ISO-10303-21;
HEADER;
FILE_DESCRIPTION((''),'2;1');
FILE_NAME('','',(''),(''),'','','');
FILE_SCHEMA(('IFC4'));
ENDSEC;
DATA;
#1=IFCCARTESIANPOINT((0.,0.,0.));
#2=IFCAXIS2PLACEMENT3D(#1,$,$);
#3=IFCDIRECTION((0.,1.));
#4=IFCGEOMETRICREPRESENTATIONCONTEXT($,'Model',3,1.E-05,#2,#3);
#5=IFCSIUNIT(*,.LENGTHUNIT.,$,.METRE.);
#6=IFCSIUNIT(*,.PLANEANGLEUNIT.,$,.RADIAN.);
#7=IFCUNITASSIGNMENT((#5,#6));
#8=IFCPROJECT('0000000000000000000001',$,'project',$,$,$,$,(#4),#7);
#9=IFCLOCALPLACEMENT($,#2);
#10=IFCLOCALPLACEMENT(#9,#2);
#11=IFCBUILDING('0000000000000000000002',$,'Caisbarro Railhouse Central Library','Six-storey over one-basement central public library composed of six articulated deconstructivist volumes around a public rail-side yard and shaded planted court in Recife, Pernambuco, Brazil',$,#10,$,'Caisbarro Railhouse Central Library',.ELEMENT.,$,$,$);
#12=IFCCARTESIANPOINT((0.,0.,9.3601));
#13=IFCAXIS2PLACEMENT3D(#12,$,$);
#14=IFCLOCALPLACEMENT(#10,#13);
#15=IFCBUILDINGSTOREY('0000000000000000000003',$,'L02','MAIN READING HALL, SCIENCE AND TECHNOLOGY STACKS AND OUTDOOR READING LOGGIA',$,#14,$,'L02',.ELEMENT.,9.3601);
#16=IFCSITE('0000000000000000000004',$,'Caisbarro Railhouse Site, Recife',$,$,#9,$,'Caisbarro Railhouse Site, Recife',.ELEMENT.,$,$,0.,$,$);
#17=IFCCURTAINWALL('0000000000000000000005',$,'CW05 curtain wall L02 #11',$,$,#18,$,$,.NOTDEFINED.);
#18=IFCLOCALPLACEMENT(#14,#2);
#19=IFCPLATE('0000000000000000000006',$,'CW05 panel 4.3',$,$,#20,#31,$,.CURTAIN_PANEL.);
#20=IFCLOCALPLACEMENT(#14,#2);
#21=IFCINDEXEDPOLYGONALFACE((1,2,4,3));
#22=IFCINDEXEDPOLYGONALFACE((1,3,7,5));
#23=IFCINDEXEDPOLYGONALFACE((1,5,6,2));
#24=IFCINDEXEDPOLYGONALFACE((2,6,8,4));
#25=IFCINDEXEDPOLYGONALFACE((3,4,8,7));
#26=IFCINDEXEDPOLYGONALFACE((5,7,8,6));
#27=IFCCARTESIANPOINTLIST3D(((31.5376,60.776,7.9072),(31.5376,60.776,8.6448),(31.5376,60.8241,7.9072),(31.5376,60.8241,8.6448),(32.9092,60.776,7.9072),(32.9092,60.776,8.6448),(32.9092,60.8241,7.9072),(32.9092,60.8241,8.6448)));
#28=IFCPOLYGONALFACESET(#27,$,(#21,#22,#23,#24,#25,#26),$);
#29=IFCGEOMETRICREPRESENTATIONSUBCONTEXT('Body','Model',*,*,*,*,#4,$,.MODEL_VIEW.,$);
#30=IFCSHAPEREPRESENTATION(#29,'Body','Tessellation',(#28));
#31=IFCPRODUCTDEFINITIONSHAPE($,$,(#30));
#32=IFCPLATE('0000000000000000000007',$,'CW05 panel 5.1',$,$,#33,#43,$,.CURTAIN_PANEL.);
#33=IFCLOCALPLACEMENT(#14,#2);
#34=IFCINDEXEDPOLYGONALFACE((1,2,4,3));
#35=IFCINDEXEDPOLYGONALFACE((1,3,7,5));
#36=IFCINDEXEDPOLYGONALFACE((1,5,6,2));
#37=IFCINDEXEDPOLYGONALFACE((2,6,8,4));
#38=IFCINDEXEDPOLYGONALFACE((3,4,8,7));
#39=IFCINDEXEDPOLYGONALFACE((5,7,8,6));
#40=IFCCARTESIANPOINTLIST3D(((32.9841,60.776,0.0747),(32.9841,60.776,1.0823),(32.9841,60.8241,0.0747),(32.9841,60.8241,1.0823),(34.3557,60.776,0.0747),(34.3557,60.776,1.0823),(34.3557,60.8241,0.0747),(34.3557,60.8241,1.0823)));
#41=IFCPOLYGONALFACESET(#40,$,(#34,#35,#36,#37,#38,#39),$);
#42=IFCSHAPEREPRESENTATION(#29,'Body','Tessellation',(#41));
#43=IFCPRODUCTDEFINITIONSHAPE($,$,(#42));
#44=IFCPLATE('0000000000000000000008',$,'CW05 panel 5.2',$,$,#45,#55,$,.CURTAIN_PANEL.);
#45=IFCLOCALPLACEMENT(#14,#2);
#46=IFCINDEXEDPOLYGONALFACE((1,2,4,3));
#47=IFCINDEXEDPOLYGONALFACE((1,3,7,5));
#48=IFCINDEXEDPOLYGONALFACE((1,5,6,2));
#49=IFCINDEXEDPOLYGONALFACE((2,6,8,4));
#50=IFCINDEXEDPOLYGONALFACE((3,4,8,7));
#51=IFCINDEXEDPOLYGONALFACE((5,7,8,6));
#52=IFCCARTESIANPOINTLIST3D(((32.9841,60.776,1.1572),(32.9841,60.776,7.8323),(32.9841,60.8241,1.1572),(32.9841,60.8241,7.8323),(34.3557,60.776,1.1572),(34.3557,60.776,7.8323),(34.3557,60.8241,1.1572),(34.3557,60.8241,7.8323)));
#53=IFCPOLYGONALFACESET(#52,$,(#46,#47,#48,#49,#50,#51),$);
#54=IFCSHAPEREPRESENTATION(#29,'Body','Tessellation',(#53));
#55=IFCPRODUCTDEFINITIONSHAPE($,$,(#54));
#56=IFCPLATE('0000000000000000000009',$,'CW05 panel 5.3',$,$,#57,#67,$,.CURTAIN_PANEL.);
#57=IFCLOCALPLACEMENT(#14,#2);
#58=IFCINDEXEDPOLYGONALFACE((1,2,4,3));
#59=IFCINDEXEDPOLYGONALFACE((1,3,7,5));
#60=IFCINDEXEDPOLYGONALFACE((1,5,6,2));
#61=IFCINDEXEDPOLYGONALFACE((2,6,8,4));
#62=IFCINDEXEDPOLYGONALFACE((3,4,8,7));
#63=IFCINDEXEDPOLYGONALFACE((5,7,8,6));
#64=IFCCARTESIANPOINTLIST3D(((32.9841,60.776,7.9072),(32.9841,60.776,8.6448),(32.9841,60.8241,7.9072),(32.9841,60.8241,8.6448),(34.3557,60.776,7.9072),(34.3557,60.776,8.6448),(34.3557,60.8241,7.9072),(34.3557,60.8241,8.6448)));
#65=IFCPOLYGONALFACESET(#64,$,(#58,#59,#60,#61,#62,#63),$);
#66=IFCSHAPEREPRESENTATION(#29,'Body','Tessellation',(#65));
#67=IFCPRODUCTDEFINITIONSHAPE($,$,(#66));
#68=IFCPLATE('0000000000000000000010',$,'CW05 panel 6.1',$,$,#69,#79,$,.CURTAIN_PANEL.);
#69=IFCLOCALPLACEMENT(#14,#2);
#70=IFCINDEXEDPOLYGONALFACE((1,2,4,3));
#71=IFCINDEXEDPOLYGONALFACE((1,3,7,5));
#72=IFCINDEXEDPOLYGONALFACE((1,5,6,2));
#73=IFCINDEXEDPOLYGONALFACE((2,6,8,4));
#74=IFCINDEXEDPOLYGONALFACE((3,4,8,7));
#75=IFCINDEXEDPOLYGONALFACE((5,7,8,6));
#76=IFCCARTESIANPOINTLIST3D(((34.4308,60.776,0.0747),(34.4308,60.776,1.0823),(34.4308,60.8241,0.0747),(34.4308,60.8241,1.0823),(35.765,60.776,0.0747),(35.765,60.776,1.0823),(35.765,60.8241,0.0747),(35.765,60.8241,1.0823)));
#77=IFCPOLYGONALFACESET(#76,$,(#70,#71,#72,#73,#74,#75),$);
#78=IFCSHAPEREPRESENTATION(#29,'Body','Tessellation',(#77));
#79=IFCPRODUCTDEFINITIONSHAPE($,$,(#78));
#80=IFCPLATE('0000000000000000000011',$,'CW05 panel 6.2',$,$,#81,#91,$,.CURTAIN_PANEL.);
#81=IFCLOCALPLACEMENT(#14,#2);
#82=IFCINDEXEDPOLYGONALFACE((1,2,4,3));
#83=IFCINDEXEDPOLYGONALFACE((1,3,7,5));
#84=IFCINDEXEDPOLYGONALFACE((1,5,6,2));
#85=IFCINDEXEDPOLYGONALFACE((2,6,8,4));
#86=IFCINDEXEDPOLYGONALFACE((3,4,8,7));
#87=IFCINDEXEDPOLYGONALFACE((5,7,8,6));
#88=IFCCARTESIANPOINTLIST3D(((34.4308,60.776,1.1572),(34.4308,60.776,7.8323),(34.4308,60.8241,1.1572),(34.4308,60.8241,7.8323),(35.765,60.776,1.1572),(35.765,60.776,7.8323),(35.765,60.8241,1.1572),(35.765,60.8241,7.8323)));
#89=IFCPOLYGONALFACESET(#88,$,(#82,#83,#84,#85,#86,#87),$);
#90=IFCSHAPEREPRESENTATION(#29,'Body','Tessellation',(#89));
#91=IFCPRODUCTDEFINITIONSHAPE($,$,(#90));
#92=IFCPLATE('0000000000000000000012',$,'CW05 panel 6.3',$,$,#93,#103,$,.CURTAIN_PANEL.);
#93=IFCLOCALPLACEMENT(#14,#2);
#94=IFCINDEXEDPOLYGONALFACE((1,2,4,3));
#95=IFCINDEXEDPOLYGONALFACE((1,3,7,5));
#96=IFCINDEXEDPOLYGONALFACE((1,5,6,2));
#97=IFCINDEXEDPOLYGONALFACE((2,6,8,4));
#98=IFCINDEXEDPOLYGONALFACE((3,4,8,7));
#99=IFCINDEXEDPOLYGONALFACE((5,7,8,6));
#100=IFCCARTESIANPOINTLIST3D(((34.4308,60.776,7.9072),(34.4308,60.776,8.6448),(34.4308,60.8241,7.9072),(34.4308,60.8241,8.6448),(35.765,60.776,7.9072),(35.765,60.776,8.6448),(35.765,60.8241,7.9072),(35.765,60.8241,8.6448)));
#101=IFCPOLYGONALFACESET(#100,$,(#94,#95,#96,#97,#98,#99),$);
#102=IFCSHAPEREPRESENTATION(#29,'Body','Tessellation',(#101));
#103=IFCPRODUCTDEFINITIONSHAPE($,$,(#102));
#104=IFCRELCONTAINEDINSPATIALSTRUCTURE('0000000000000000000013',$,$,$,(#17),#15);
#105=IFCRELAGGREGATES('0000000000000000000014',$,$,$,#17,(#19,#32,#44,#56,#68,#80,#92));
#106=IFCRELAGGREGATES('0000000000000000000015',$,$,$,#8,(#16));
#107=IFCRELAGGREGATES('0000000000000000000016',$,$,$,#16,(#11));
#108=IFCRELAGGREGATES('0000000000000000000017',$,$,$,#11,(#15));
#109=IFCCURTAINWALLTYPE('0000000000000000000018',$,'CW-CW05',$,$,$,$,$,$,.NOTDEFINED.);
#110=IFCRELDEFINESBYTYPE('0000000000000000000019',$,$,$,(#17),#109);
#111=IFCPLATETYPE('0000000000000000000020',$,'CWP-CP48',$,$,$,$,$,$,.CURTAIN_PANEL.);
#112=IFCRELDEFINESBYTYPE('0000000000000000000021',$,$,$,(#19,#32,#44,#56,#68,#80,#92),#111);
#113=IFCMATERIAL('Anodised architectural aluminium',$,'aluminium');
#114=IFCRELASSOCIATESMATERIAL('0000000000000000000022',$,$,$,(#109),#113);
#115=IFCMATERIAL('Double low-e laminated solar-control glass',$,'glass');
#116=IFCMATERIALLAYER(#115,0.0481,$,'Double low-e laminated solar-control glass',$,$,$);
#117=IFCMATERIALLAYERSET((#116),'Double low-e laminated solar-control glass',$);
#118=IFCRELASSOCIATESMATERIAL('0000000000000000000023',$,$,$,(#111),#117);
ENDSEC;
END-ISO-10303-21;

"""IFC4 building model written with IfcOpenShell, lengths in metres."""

from ifc_helpers import new_model, si_unit, direction, frame, origin, origin_2d, place, context, subcontext, project, spatial, rectangle, extrude, material, layer, layer_set, type_object, element, aggregate, save


model = new_model("IFC4")

# Units and contexts
model_context = context("Model", 3, precision=1e-05, world=origin(), true_north=direction((0.0, 1.0)))
body_context = subcontext(model_context, "Body", "Model", "MODEL_VIEW")
ifc_project = project(units=[si_unit("LENGTHUNIT", "METRE"), si_unit("PLANEANGLEUNIT", "RADIAN")], contexts=[model_context])

# Site, building, storey
site_placement = place(None, origin())
site = spatial("IfcSite", under=ifc_project, at=site_placement, Name="Caisbarro Railhouse Site, Recife", LongName="Caisbarro Railhouse Site, Recife", CompositionType="ELEMENT", RefElevation=0.0)
building_placement = place(site_placement, origin())
building = spatial("IfcBuilding", under=site, at=building_placement, Name="Caisbarro Railhouse Central Library", Description="Six-storey over one-basement central public library composed of six articulated deconstructivist volumes around a public rail-side yard and shaded planted court in Recife, Pernambuco, Brazil", LongName="Caisbarro Railhouse Central Library", CompositionType="ELEMENT")
storey_placement = place(building_placement, frame((0.0, 0.0, 9.3601)))
storey = spatial("IfcBuildingStorey", under=building, at=storey_placement, Name="L02", Description="MAIN READING HALL, SCIENCE AND TECHNOLOGY STACKS AND OUTDOOR READING LOGGIA", LongName="L02", CompositionType="ELEMENT", Elevation=9.3601)

# Curtain wall, plates
ifc_material_1 = material(Name="Anodised architectural aluminium", Category="aluminium")
curtain_wall_type = type_object("IfcCurtainWallType", Name="CW-CW05", PredefinedType="NOTDEFINED", material=ifc_material_1)
curtain_wall_placement = place(storey_placement, origin())
curtain_wall = element("IfcCurtainWall", 1, at=curtain_wall_placement, inside=storey, type_object=curtain_wall_type, Name="CW05 curtain wall L02 #11", PredefinedType="NOTDEFINED")
ifc_material_2 = material(Name="Double low-e laminated solar-control glass", Category="glass")
ifc_layer = layer(ifc_material_2, 0.0481, Name="Double low-e laminated solar-control glass")
ifc_layer_set = layer_set([ifc_layer], Name="Double low-e laminated solar-control glass")
plate_type = type_object("IfcPlateType", Name="CWP-CP48", PredefinedType="CURTAIN_PANEL", material=ifc_layer_set)
plate_1_placement = place(storey_placement, frame((32.2234, 60.8, 7.9072), z_axis=(0.0, 0.0, 1.0), x_axis=(1.0, 0.0, 0.0)))
plate_1 = element("IfcPlate", 2, at=plate_1_placement, type_object=plate_type, Name="CW05 panel 4.3", PredefinedType="CURTAIN_PANEL", context=body_context, shape_type="SweptSolid", body=[
    extrude(rectangle(XDim=1.3716, YDim=0.0481, at=origin_2d()), origin(), (0.0, 0.0, 1.0), 0.7375),
])
plate_2_placement = place(storey_placement, frame((33.6699, 60.8, 0.0747), z_axis=(0.0, 0.0, 1.0), x_axis=(1.0, 0.0, 0.0)))
plate_2 = element("IfcPlate", 3, at=plate_2_placement, type_object=plate_type, Name="CW05 panel 5.1", PredefinedType="CURTAIN_PANEL", context=body_context, shape_type="SweptSolid", body=[
    extrude(rectangle(XDim=1.3716, YDim=0.0481, at=origin_2d()), origin(), (0.0, 0.0, 1.0), 1.0076),
])
plate_3_placement = place(storey_placement, frame((33.6699, 60.8, 1.1572), z_axis=(0.0, 0.0, 1.0), x_axis=(1.0, 0.0, 0.0)))
plate_3 = element("IfcPlate", 4, at=plate_3_placement, type_object=plate_type, Name="CW05 panel 5.2", PredefinedType="CURTAIN_PANEL", context=body_context, shape_type="SweptSolid", body=[
    extrude(rectangle(XDim=1.3716, YDim=0.0481, at=origin_2d()), origin(), (0.0, 0.0, 1.0), 6.675),
])
plate_4_placement = place(storey_placement, frame((33.6699, 60.8, 7.9072), z_axis=(0.0, 0.0, 1.0), x_axis=(1.0, 0.0, 0.0)))
plate_4 = element("IfcPlate", 5, at=plate_4_placement, type_object=plate_type, Name="CW05 panel 5.3", PredefinedType="CURTAIN_PANEL", context=body_context, shape_type="SweptSolid", body=[
    extrude(rectangle(XDim=1.3716, YDim=0.0481, at=origin_2d()), origin(), (0.0, 0.0, 1.0), 0.7375),
])
plate_5_placement = place(storey_placement, frame((35.0979, 60.8, 0.0747), z_axis=(0.0, 0.0, 1.0), x_axis=(1.0, 0.0, 0.0)))
plate_5 = element("IfcPlate", 6, at=plate_5_placement, type_object=plate_type, Name="CW05 panel 6.1", PredefinedType="CURTAIN_PANEL", context=body_context, shape_type="SweptSolid", body=[
    extrude(rectangle(XDim=1.3342, YDim=0.0481, at=origin_2d()), origin(), (0.0, 0.0, 1.0), 1.0076),
])
plate_6_placement = place(storey_placement, frame((35.0979, 60.8, 1.1572), z_axis=(0.0, 0.0, 1.0), x_axis=(1.0, 0.0, 0.0)))
plate_6 = element("IfcPlate", 7, at=plate_6_placement, type_object=plate_type, Name="CW05 panel 6.2", PredefinedType="CURTAIN_PANEL", context=body_context, shape_type="SweptSolid", body=[
    extrude(rectangle(XDim=1.3342, YDim=0.0481, at=origin_2d()), origin(), (0.0, 0.0, 1.0), 6.675),
])
plate_7_placement = place(storey_placement, frame((35.0979, 60.8, 7.9072), z_axis=(0.0, 0.0, 1.0), x_axis=(1.0, 0.0, 0.0)))
plate_7 = element("IfcPlate", 8, at=plate_7_placement, type_object=plate_type, Name="CW05 panel 6.3", PredefinedType="CURTAIN_PANEL", context=body_context, shape_type="SweptSolid", body=[
    extrude(rectangle(XDim=1.3342, YDim=0.0481, at=origin_2d()), origin(), (0.0, 0.0, 1.0), 0.7375),
])
aggregate(curtain_wall, [plate_1, plate_2, plate_3, plate_4, plate_5, plate_6, plate_7])

save(model, "model.ifc")
